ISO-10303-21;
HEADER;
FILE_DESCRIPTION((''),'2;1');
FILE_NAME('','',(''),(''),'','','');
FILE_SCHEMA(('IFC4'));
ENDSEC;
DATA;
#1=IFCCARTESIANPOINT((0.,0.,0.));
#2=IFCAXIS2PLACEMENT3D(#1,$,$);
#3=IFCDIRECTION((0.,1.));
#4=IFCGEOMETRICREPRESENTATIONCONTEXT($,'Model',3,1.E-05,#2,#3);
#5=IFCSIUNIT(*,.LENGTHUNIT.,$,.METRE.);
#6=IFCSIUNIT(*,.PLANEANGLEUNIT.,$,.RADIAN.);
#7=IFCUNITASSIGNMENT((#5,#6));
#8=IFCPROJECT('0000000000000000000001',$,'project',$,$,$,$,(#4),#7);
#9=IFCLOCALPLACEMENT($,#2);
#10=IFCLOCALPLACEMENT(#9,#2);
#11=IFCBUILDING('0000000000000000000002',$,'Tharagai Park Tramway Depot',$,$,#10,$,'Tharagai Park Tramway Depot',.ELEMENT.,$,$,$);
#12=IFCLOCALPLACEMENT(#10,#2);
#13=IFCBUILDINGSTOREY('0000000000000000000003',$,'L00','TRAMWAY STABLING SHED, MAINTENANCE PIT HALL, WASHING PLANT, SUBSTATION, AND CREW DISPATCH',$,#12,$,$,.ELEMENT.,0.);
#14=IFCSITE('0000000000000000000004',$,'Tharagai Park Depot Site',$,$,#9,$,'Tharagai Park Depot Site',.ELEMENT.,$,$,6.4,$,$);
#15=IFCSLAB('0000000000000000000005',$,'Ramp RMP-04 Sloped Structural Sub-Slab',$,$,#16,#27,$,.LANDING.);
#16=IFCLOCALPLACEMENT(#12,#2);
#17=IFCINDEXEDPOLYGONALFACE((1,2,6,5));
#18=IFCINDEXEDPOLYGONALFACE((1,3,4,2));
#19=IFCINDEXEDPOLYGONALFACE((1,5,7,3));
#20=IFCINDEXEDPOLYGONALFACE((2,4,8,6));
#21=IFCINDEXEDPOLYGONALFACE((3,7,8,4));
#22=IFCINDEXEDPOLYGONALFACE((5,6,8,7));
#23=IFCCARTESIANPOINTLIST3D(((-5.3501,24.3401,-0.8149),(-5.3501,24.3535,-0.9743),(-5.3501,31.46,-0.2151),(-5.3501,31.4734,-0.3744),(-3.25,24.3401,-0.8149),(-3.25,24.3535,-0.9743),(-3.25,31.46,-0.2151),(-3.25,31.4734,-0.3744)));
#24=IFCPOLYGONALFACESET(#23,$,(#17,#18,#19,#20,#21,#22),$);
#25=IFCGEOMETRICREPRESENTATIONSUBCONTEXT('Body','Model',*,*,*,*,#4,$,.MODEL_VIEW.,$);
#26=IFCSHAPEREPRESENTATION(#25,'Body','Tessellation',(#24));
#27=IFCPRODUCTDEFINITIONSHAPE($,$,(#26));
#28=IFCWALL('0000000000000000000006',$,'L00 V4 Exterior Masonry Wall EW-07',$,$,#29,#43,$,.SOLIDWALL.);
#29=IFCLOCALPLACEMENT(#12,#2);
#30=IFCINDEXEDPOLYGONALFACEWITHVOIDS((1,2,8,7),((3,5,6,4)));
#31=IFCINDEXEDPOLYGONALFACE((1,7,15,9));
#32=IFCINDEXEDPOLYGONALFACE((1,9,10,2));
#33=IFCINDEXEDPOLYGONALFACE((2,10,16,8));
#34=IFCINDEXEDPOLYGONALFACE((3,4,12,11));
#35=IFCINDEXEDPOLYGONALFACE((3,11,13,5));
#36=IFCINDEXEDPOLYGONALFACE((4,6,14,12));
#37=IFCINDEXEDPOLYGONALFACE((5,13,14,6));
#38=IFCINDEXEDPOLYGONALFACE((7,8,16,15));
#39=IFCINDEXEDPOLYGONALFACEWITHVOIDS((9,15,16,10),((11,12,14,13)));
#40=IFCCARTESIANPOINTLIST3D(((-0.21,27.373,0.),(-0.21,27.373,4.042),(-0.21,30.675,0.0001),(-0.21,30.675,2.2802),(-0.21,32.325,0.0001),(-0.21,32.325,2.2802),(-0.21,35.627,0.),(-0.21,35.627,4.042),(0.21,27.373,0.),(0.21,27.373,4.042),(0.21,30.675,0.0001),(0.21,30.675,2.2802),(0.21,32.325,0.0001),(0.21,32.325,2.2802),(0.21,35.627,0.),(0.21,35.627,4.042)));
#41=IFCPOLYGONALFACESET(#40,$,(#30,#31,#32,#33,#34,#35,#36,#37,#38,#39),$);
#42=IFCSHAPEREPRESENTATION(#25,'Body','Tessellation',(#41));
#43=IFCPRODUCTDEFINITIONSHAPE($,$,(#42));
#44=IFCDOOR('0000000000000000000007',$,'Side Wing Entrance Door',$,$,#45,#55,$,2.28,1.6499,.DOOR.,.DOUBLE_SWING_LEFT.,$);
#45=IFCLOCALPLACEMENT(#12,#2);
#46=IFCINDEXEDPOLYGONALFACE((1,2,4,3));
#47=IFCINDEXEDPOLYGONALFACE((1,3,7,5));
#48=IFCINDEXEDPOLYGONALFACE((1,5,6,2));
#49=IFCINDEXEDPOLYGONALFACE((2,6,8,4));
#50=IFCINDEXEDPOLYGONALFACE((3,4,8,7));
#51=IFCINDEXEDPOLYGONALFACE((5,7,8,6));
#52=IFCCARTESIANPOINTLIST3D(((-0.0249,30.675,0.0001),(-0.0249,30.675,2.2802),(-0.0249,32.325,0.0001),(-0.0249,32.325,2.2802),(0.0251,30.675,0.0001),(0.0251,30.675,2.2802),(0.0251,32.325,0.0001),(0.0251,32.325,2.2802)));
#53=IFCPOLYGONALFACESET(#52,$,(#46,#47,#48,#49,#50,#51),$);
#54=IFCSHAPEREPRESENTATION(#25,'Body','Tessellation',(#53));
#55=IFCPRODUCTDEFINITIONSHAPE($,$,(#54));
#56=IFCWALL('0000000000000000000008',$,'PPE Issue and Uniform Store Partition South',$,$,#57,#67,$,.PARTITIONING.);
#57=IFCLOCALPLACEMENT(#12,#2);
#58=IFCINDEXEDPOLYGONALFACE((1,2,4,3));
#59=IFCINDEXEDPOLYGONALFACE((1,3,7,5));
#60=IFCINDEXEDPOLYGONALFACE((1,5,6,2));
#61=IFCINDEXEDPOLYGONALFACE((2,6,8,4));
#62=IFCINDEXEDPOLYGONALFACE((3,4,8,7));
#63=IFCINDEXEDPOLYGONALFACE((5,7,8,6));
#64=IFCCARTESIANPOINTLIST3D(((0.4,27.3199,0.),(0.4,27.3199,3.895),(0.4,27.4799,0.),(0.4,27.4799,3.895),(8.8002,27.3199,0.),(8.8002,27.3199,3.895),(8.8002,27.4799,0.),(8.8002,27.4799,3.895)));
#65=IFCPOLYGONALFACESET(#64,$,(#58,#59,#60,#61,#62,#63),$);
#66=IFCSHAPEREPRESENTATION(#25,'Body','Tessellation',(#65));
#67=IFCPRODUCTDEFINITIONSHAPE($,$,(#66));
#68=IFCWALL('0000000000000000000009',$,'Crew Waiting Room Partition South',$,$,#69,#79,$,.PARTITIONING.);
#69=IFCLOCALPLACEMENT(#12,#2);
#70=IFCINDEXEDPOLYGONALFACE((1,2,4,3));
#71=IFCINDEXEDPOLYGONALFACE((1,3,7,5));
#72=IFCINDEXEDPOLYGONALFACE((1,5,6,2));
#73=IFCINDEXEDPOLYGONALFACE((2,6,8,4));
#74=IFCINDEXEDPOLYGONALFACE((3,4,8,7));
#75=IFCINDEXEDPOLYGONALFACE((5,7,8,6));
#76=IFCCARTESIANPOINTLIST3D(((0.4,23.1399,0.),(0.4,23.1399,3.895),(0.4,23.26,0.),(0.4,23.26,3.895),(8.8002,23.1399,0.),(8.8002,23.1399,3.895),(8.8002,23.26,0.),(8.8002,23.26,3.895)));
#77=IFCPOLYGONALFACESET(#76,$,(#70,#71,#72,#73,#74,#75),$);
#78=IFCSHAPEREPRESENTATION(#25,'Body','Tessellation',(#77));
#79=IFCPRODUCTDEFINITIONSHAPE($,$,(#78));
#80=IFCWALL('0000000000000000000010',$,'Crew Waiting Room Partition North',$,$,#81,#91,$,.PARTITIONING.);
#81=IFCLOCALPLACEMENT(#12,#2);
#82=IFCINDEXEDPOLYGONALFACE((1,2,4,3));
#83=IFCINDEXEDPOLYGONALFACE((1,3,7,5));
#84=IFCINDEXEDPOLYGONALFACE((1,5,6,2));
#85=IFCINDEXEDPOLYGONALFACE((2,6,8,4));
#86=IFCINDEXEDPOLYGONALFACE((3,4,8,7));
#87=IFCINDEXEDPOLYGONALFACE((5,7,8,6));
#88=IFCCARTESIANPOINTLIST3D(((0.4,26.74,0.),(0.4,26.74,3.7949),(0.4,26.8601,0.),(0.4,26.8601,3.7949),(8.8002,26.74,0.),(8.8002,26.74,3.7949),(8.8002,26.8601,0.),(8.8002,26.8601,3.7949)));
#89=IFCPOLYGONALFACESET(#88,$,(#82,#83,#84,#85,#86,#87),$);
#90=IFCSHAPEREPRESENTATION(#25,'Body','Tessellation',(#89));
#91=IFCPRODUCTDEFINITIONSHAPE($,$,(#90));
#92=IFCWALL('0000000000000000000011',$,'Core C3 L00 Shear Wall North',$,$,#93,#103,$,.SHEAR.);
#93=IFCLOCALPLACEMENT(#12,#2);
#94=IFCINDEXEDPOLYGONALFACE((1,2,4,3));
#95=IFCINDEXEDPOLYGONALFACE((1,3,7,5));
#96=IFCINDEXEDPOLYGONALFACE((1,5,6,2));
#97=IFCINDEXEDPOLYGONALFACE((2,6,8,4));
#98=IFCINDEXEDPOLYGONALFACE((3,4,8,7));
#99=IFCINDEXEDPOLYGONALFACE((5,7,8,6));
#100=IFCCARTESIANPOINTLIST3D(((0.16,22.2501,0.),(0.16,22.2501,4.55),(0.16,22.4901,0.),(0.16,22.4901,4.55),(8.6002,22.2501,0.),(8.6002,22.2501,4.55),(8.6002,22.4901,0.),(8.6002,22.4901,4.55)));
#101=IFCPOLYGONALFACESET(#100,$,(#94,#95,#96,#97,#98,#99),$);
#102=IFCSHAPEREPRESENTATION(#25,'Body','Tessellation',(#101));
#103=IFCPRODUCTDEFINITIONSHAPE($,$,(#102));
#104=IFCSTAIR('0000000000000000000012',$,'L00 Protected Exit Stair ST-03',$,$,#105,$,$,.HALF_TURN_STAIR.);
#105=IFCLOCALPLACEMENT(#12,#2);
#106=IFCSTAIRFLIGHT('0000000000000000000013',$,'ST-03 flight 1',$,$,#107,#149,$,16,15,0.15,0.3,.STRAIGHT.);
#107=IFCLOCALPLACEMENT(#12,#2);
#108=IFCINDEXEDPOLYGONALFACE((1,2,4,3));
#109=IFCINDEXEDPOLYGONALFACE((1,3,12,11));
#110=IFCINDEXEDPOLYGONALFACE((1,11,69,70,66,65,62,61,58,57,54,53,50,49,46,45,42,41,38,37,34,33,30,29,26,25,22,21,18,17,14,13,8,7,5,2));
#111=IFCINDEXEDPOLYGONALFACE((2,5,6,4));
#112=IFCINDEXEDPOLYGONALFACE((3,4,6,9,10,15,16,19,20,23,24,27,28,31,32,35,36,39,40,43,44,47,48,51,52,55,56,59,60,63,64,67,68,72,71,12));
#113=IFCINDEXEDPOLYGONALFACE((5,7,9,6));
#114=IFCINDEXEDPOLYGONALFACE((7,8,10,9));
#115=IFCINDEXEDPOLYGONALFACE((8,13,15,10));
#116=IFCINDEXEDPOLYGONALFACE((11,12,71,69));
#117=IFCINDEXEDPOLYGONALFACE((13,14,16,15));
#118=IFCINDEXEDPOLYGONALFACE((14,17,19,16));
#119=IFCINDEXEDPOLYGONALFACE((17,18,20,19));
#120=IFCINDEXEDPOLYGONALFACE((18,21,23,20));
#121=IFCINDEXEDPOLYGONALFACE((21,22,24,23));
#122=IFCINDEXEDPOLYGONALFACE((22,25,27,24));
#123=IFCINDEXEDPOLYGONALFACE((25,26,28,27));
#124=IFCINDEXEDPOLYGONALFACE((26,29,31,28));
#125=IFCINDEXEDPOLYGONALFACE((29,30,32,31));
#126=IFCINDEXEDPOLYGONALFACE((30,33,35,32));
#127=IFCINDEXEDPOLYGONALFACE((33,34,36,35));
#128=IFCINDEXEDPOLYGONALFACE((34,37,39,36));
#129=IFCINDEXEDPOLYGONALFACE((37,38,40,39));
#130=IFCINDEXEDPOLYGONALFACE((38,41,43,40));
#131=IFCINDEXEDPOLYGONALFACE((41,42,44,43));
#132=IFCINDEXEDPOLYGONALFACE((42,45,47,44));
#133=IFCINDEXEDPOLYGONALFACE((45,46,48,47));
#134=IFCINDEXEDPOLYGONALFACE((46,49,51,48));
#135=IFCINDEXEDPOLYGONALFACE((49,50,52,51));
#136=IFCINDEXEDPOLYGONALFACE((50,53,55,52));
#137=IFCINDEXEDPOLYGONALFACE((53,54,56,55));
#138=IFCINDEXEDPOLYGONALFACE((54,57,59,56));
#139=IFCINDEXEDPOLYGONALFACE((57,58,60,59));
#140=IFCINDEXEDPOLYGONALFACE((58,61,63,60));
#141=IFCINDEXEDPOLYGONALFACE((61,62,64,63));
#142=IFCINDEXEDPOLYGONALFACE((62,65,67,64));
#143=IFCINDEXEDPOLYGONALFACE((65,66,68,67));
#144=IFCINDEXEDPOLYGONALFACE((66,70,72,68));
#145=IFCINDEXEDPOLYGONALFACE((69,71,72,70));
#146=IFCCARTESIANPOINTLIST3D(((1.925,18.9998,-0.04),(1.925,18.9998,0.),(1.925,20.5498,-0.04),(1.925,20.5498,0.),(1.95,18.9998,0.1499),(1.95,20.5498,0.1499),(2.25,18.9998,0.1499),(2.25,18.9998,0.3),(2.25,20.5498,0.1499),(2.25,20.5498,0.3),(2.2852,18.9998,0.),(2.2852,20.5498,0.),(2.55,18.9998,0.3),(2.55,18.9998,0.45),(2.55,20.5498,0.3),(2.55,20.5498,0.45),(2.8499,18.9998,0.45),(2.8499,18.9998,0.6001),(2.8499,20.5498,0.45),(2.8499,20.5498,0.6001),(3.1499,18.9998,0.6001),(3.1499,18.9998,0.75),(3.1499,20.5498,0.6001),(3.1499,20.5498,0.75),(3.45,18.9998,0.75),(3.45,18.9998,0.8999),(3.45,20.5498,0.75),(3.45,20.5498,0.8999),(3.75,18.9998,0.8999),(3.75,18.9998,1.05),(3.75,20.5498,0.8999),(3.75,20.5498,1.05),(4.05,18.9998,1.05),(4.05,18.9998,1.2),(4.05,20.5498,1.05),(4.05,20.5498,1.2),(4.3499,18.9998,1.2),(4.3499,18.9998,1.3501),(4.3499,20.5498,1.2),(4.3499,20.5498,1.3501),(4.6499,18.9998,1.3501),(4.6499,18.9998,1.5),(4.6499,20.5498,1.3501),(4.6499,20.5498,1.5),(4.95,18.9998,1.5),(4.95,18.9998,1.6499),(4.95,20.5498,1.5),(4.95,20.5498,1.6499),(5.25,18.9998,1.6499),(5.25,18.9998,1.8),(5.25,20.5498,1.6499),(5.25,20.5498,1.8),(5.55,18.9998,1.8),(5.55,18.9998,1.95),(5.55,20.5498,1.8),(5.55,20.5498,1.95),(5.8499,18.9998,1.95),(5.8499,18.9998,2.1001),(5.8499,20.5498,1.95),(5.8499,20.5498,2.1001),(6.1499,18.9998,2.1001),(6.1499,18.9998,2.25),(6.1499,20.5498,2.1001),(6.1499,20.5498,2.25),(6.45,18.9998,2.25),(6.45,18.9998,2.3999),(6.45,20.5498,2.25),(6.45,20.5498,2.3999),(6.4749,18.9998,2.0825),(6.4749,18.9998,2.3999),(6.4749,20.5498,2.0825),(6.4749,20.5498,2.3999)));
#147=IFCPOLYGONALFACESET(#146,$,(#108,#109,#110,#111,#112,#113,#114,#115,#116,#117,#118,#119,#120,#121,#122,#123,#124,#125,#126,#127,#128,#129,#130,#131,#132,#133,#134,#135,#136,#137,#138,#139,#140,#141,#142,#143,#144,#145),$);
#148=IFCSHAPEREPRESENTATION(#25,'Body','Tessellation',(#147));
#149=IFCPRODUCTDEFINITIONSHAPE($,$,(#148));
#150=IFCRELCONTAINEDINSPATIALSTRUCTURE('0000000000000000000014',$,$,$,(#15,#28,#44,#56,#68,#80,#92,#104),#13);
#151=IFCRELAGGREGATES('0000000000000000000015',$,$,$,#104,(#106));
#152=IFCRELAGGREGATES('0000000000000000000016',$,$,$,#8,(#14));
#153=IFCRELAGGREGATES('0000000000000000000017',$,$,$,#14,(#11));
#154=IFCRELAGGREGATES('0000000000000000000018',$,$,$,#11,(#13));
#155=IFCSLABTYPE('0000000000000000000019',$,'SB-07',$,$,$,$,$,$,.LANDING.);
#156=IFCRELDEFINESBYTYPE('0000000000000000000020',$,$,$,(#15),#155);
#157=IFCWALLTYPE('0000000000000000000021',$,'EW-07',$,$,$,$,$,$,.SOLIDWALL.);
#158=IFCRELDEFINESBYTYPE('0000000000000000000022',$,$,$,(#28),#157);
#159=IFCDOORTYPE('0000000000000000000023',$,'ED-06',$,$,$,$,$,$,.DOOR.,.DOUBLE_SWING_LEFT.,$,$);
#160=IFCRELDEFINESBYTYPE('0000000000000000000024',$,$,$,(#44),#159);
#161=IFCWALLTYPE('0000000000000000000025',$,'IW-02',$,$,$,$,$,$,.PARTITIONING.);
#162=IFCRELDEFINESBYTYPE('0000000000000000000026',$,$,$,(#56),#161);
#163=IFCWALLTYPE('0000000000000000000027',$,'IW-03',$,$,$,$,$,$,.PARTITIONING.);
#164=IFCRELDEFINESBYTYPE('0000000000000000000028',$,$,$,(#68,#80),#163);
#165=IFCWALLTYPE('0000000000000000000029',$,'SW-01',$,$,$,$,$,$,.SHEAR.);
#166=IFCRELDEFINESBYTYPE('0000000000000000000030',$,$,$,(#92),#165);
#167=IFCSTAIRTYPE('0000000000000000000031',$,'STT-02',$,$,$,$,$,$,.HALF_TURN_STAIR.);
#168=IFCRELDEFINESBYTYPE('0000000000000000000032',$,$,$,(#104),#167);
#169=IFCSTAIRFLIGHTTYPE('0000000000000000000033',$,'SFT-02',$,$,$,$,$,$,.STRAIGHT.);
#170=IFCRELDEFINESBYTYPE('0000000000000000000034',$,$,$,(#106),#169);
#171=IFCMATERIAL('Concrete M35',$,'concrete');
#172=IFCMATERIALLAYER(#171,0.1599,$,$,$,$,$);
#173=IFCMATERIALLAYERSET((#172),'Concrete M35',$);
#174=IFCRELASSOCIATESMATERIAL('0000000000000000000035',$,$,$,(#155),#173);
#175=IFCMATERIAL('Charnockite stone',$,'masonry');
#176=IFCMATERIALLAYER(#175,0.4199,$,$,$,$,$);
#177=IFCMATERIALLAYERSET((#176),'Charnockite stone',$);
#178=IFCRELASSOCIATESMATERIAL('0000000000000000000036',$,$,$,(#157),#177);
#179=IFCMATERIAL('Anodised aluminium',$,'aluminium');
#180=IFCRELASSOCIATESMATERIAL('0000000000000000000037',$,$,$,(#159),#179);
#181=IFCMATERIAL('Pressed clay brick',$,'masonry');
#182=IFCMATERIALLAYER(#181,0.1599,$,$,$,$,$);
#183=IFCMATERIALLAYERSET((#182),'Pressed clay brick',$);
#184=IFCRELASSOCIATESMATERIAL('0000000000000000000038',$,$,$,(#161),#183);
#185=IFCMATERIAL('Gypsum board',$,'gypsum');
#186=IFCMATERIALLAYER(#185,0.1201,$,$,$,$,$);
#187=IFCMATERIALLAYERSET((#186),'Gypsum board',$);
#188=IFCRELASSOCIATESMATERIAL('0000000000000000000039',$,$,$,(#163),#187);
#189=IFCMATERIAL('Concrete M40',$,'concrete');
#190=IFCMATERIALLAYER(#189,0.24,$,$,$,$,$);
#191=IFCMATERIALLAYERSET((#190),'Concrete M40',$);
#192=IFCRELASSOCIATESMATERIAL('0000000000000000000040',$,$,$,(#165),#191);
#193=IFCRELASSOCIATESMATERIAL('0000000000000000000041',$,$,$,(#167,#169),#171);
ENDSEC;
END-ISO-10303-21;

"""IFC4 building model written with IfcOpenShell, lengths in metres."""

from ifc_helpers import new_model, si_unit, direction, frame, frame_2d, origin, place, context, subcontext, project, spatial, polyline, rectangle, outline, extrude, material, layer, layer_set, type_object, element, fill, aggregate, save


model = new_model("IFC4")

# Units and contexts
model_context = context("Model", 3, precision=1e-05, world=origin(), true_north=direction((0.0, 1.0)))
body_context = subcontext(model_context, "Body", "Model", "MODEL_VIEW")
ifc_project = project(units=[si_unit("LENGTHUNIT", "METRE"), si_unit("PLANEANGLEUNIT", "RADIAN")], contexts=[model_context])

# Site, building, storey
site_placement = place(None, origin())
site = spatial("IfcSite", under=ifc_project, at=site_placement, Name="Tharagai Park Depot Site", LongName="Tharagai Park Depot Site", CompositionType="ELEMENT", RefElevation=6.4)
building_placement = place(site_placement, origin())
building = spatial("IfcBuilding", under=site, at=building_placement, Name="Tharagai Park Tramway Depot", LongName="Tharagai Park Tramway Depot", CompositionType="ELEMENT")
storey_placement = place(building_placement, origin())
storey = spatial("IfcBuildingStorey", under=building, at=storey_placement, Name="L00", Description="TRAMWAY STABLING SHED, MAINTENANCE PIT HALL, WASHING PLANT, SUBSTATION, AND CREW DISPATCH", CompositionType="ELEMENT", Elevation=0.0)

# Shared definitions
ifc_material_1 = material(Name="Concrete M40", Category="concrete")

# Slab
ifc_material_2 = material(Name="Concrete M35", Category="concrete")
ifc_layer_1 = layer(ifc_material_2, 0.1599)
ifc_layer_set_1 = layer_set([ifc_layer_1], Name="Concrete M35")
slab_type = type_object("IfcSlabType", Name="SB-07", PredefinedType="LANDING", material=ifc_layer_set_1)
slab_placement = place(storey_placement, frame((-3.25, 24.3401, -0.8149), z_axis=(0.0, -0.083953, 0.99647), x_axis=(-1.0, 0.0, 0.0)))
element("IfcSlab", 1, at=slab_placement, inside=storey, type_object=slab_type, Name="Ramp RMP-04 Sloped Structural Sub-Slab", PredefinedType="LANDING", context=body_context, shape_type="SweptSolid", body=[
    extrude(outline(polyline([(0.0, 0.0), (2.1001, 0.0), (2.1001, -7.1451), (0.0, -7.1451), (0.0, 0.0)])), origin(), (0.0, 0.0, -1.0), 0.1599),
])

# Wall, opening, door
ifc_material_3 = material(Name="Charnockite stone", Category="masonry")
ifc_layer_2 = layer(ifc_material_3, 0.4199)
ifc_layer_set_2 = layer_set([ifc_layer_2], Name="Charnockite stone")
wall_type_1 = type_object("IfcWallType", Name="EW-07", PredefinedType="SOLIDWALL", material=ifc_layer_set_2)
wall_1_placement = place(storey_placement, frame((0.0, 27.373, 0.0), z_axis=(0.0, 0.0, 1.0), x_axis=(0.0, 1.0, 0.0)))
wall_1 = element("IfcWall", 2, at=wall_1_placement, inside=storey, type_object=wall_type_1, Name="L00 V4 Exterior Masonry Wall EW-07", PredefinedType="SOLIDWALL", context=body_context, shape_type="SweptSolid", body=[
    extrude(rectangle(XDim=8.2539, YDim=0.4199, at=frame_2d((4.127, 0.0))), origin(), (0.0, 0.0, 1.0), 4.042),
])
opening_placement = place(wall_1_placement, frame((3.302, 0.0, 0.0)))
opening = element("IfcOpeningElement", 3, at=opening_placement, cuts=wall_1, PredefinedType="OPENING", context=body_context, shape_type="SweptSolid", body=[
    extrude(rectangle(XDim=1.6499, YDim=2.28, at=frame_2d((0.825, 1.1401))), frame((0.0, 0.22, 0.0), z_axis=(0.0, -1.0, 0.0), x_axis=(1.0, 0.0, 0.0)), (0.0, 0.0, 1.0), 0.4399),
])
ifc_material_4 = material(Name="Anodised aluminium", Category="aluminium")
door_type = type_object("IfcDoorType", Name="ED-06", OperationType="DOUBLE_SWING_LEFT", PredefinedType="DOOR", material=ifc_material_4)
door_placement = place(opening_placement, origin())
door = element("IfcDoor", 4, at=door_placement, inside=storey, type_object=door_type, Name="Side Wing Entrance Door", OperationType="DOUBLE_SWING_LEFT", OverallHeight=2.28, OverallWidth=1.6499, PredefinedType="DOOR", context=body_context, shape_type="SweptSolid", body=[
    extrude(rectangle(XDim=1.6499, YDim=2.28, at=frame_2d((0.825, 1.1401))), frame((0.0, 0.0249, 0.0), z_axis=(0.0, -1.0, 0.0), x_axis=(1.0, 0.0, 0.0)), (0.0, 0.0, 1.0), 0.05),
])
fill(opening, door)

# Walls
ifc_material_5 = material(Name="Pressed clay brick", Category="masonry")
ifc_layer_3 = layer(ifc_material_5, 0.1599)
ifc_layer_set_3 = layer_set([ifc_layer_3], Name="Pressed clay brick")
wall_type_2 = type_object("IfcWallType", Name="IW-02", PredefinedType="PARTITIONING", material=ifc_layer_set_3)
wall_2_placement = place(storey_placement, frame((0.3999, 27.3999, 0.0), z_axis=(0.0, 0.0, 1.0), x_axis=(1.0, 0.0, 0.0)))
element("IfcWall", 5, at=wall_2_placement, inside=storey, type_object=wall_type_2, Name="PPE Issue and Uniform Store Partition South", PredefinedType="PARTITIONING", context=body_context, shape_type="SweptSolid", body=[
    extrude(rectangle(XDim=8.4001, YDim=0.1599, at=frame_2d((4.2002, 0.0))), origin(), (0.0, 0.0, 1.0), 3.895),
])
ifc_material_6 = material(Name="Gypsum board", Category="gypsum")
ifc_layer_4 = layer(ifc_material_6, 0.1201)
ifc_layer_set_4 = layer_set([ifc_layer_4], Name="Gypsum board")
wall_type_3 = type_object("IfcWallType", Name="IW-03", PredefinedType="PARTITIONING", material=ifc_layer_set_4)
wall_3_placement = place(storey_placement, frame((0.3999, 23.2, 0.0), z_axis=(0.0, 0.0, 1.0), x_axis=(1.0, 0.0, 0.0)))
element("IfcWall", 6, at=wall_3_placement, inside=storey, type_object=wall_type_3, Name="Crew Waiting Room Partition South", PredefinedType="PARTITIONING", context=body_context, shape_type="SweptSolid", body=[
    extrude(rectangle(XDim=8.4001, YDim=0.1201, at=frame_2d((4.2002, 0.0))), origin(), (0.0, 0.0, 1.0), 3.895),
])
wall_4_placement = place(storey_placement, frame((0.3999, 26.8, 0.0), z_axis=(0.0, 0.0, 1.0), x_axis=(1.0, 0.0, 0.0)))
element("IfcWall", 7, at=wall_4_placement, inside=storey, type_object=wall_type_3, Name="Crew Waiting Room Partition North", PredefinedType="PARTITIONING", context=body_context, shape_type="SweptSolid", body=[
    extrude(rectangle(XDim=8.4001, YDim=0.1201, at=frame_2d((4.2002, 0.0))), origin(), (0.0, 0.0, 1.0), 3.7949),
])
ifc_layer_5 = layer(ifc_material_1, 0.24)
ifc_layer_set_5 = layer_set([ifc_layer_5], Name="Concrete M40")
wall_type_4 = type_object("IfcWallType", Name="SW-01", PredefinedType="SHEAR", material=ifc_layer_set_5)
wall_5_placement = place(storey_placement, frame((0.1599, 22.3701, 0.0), z_axis=(0.0, 0.0, 1.0), x_axis=(1.0, 0.0, 0.0)))
element("IfcWall", 8, at=wall_5_placement, inside=storey, type_object=wall_type_4, Name="Core C3 L00 Shear Wall North", PredefinedType="SHEAR", context=body_context, shape_type="SweptSolid", body=[
    extrude(rectangle(XDim=8.4402, YDim=0.24, at=frame_2d((4.2202, 0.0))), origin(), (0.0, 0.0, 1.0), 4.55),
])

# Stair, stair flight
stair_type = type_object("IfcStairType", Name="STT-02", PredefinedType="HALF_TURN_STAIR", material=ifc_material_2)
stair_placement = place(storey_placement, origin())
stair = element("IfcStair", 9, at=stair_placement, inside=storey, type_object=stair_type, Name="L00 Protected Exit Stair ST-03", PredefinedType="HALF_TURN_STAIR")
stair_flight_type = type_object("IfcStairFlightType", Name="SFT-02", PredefinedType="STRAIGHT", material=ifc_material_2)
stair_flight_1_placement = place(storey_placement, frame((1.95, 19.7749, 0.0), z_axis=(0.0, 0.0, 1.0), x_axis=(1.0, 0.0, 0.0)))
stair_flight_1 = element("IfcStairFlight", 10, at=stair_flight_1_placement, type_object=stair_flight_type, Name="ST-03 flight 1", NumberOfRisers=16, NumberOfTreads=15, PredefinedType="STRAIGHT", RiserHeight=0.15, TreadLength=0.3, context=body_context, shape_type="SweptSolid", body=[
    extrude(outline(polyline([(-0.0249, 0.0), (0.0, 0.1499), (0.3, 0.1499), (0.3, 0.3), (0.6001, 0.3), (0.6001, 0.45), (0.8999, 0.45), (0.8999, 0.6001), (1.2, 0.6001), (1.2, 0.75), (1.5, 0.75), (1.5, 0.8999), (1.8, 0.8999), (1.8, 1.05), (2.1001, 1.05), (2.1001, 1.2), (2.3999, 1.2), (2.3999, 1.3501), (2.7, 1.3501), (2.7, 1.5), (3.0, 1.5), (3.0, 1.6499), (3.3, 1.6499), (3.3, 1.8), (3.6001, 1.8), (3.6001, 1.95), (3.8999, 1.95), (3.8999, 2.1001), (4.2, 2.1001), (4.2, 2.25), (4.5, 2.25), (4.5, 2.3999), (4.5249, 2.3999), (4.5249, 2.0825), (0.3352, 0.0), (-0.0249, -0.04), (-0.0249, 0.0)])), frame((0.0, 0.7749, 0.0), z_axis=(0.0, -1.0, 0.0), x_axis=(1.0, 0.0, 0.0)), (0.0, 0.0, 1.0), 1.55),
])
aggregate(stair, [stair_flight_1])

save(model, "model.ifc")
